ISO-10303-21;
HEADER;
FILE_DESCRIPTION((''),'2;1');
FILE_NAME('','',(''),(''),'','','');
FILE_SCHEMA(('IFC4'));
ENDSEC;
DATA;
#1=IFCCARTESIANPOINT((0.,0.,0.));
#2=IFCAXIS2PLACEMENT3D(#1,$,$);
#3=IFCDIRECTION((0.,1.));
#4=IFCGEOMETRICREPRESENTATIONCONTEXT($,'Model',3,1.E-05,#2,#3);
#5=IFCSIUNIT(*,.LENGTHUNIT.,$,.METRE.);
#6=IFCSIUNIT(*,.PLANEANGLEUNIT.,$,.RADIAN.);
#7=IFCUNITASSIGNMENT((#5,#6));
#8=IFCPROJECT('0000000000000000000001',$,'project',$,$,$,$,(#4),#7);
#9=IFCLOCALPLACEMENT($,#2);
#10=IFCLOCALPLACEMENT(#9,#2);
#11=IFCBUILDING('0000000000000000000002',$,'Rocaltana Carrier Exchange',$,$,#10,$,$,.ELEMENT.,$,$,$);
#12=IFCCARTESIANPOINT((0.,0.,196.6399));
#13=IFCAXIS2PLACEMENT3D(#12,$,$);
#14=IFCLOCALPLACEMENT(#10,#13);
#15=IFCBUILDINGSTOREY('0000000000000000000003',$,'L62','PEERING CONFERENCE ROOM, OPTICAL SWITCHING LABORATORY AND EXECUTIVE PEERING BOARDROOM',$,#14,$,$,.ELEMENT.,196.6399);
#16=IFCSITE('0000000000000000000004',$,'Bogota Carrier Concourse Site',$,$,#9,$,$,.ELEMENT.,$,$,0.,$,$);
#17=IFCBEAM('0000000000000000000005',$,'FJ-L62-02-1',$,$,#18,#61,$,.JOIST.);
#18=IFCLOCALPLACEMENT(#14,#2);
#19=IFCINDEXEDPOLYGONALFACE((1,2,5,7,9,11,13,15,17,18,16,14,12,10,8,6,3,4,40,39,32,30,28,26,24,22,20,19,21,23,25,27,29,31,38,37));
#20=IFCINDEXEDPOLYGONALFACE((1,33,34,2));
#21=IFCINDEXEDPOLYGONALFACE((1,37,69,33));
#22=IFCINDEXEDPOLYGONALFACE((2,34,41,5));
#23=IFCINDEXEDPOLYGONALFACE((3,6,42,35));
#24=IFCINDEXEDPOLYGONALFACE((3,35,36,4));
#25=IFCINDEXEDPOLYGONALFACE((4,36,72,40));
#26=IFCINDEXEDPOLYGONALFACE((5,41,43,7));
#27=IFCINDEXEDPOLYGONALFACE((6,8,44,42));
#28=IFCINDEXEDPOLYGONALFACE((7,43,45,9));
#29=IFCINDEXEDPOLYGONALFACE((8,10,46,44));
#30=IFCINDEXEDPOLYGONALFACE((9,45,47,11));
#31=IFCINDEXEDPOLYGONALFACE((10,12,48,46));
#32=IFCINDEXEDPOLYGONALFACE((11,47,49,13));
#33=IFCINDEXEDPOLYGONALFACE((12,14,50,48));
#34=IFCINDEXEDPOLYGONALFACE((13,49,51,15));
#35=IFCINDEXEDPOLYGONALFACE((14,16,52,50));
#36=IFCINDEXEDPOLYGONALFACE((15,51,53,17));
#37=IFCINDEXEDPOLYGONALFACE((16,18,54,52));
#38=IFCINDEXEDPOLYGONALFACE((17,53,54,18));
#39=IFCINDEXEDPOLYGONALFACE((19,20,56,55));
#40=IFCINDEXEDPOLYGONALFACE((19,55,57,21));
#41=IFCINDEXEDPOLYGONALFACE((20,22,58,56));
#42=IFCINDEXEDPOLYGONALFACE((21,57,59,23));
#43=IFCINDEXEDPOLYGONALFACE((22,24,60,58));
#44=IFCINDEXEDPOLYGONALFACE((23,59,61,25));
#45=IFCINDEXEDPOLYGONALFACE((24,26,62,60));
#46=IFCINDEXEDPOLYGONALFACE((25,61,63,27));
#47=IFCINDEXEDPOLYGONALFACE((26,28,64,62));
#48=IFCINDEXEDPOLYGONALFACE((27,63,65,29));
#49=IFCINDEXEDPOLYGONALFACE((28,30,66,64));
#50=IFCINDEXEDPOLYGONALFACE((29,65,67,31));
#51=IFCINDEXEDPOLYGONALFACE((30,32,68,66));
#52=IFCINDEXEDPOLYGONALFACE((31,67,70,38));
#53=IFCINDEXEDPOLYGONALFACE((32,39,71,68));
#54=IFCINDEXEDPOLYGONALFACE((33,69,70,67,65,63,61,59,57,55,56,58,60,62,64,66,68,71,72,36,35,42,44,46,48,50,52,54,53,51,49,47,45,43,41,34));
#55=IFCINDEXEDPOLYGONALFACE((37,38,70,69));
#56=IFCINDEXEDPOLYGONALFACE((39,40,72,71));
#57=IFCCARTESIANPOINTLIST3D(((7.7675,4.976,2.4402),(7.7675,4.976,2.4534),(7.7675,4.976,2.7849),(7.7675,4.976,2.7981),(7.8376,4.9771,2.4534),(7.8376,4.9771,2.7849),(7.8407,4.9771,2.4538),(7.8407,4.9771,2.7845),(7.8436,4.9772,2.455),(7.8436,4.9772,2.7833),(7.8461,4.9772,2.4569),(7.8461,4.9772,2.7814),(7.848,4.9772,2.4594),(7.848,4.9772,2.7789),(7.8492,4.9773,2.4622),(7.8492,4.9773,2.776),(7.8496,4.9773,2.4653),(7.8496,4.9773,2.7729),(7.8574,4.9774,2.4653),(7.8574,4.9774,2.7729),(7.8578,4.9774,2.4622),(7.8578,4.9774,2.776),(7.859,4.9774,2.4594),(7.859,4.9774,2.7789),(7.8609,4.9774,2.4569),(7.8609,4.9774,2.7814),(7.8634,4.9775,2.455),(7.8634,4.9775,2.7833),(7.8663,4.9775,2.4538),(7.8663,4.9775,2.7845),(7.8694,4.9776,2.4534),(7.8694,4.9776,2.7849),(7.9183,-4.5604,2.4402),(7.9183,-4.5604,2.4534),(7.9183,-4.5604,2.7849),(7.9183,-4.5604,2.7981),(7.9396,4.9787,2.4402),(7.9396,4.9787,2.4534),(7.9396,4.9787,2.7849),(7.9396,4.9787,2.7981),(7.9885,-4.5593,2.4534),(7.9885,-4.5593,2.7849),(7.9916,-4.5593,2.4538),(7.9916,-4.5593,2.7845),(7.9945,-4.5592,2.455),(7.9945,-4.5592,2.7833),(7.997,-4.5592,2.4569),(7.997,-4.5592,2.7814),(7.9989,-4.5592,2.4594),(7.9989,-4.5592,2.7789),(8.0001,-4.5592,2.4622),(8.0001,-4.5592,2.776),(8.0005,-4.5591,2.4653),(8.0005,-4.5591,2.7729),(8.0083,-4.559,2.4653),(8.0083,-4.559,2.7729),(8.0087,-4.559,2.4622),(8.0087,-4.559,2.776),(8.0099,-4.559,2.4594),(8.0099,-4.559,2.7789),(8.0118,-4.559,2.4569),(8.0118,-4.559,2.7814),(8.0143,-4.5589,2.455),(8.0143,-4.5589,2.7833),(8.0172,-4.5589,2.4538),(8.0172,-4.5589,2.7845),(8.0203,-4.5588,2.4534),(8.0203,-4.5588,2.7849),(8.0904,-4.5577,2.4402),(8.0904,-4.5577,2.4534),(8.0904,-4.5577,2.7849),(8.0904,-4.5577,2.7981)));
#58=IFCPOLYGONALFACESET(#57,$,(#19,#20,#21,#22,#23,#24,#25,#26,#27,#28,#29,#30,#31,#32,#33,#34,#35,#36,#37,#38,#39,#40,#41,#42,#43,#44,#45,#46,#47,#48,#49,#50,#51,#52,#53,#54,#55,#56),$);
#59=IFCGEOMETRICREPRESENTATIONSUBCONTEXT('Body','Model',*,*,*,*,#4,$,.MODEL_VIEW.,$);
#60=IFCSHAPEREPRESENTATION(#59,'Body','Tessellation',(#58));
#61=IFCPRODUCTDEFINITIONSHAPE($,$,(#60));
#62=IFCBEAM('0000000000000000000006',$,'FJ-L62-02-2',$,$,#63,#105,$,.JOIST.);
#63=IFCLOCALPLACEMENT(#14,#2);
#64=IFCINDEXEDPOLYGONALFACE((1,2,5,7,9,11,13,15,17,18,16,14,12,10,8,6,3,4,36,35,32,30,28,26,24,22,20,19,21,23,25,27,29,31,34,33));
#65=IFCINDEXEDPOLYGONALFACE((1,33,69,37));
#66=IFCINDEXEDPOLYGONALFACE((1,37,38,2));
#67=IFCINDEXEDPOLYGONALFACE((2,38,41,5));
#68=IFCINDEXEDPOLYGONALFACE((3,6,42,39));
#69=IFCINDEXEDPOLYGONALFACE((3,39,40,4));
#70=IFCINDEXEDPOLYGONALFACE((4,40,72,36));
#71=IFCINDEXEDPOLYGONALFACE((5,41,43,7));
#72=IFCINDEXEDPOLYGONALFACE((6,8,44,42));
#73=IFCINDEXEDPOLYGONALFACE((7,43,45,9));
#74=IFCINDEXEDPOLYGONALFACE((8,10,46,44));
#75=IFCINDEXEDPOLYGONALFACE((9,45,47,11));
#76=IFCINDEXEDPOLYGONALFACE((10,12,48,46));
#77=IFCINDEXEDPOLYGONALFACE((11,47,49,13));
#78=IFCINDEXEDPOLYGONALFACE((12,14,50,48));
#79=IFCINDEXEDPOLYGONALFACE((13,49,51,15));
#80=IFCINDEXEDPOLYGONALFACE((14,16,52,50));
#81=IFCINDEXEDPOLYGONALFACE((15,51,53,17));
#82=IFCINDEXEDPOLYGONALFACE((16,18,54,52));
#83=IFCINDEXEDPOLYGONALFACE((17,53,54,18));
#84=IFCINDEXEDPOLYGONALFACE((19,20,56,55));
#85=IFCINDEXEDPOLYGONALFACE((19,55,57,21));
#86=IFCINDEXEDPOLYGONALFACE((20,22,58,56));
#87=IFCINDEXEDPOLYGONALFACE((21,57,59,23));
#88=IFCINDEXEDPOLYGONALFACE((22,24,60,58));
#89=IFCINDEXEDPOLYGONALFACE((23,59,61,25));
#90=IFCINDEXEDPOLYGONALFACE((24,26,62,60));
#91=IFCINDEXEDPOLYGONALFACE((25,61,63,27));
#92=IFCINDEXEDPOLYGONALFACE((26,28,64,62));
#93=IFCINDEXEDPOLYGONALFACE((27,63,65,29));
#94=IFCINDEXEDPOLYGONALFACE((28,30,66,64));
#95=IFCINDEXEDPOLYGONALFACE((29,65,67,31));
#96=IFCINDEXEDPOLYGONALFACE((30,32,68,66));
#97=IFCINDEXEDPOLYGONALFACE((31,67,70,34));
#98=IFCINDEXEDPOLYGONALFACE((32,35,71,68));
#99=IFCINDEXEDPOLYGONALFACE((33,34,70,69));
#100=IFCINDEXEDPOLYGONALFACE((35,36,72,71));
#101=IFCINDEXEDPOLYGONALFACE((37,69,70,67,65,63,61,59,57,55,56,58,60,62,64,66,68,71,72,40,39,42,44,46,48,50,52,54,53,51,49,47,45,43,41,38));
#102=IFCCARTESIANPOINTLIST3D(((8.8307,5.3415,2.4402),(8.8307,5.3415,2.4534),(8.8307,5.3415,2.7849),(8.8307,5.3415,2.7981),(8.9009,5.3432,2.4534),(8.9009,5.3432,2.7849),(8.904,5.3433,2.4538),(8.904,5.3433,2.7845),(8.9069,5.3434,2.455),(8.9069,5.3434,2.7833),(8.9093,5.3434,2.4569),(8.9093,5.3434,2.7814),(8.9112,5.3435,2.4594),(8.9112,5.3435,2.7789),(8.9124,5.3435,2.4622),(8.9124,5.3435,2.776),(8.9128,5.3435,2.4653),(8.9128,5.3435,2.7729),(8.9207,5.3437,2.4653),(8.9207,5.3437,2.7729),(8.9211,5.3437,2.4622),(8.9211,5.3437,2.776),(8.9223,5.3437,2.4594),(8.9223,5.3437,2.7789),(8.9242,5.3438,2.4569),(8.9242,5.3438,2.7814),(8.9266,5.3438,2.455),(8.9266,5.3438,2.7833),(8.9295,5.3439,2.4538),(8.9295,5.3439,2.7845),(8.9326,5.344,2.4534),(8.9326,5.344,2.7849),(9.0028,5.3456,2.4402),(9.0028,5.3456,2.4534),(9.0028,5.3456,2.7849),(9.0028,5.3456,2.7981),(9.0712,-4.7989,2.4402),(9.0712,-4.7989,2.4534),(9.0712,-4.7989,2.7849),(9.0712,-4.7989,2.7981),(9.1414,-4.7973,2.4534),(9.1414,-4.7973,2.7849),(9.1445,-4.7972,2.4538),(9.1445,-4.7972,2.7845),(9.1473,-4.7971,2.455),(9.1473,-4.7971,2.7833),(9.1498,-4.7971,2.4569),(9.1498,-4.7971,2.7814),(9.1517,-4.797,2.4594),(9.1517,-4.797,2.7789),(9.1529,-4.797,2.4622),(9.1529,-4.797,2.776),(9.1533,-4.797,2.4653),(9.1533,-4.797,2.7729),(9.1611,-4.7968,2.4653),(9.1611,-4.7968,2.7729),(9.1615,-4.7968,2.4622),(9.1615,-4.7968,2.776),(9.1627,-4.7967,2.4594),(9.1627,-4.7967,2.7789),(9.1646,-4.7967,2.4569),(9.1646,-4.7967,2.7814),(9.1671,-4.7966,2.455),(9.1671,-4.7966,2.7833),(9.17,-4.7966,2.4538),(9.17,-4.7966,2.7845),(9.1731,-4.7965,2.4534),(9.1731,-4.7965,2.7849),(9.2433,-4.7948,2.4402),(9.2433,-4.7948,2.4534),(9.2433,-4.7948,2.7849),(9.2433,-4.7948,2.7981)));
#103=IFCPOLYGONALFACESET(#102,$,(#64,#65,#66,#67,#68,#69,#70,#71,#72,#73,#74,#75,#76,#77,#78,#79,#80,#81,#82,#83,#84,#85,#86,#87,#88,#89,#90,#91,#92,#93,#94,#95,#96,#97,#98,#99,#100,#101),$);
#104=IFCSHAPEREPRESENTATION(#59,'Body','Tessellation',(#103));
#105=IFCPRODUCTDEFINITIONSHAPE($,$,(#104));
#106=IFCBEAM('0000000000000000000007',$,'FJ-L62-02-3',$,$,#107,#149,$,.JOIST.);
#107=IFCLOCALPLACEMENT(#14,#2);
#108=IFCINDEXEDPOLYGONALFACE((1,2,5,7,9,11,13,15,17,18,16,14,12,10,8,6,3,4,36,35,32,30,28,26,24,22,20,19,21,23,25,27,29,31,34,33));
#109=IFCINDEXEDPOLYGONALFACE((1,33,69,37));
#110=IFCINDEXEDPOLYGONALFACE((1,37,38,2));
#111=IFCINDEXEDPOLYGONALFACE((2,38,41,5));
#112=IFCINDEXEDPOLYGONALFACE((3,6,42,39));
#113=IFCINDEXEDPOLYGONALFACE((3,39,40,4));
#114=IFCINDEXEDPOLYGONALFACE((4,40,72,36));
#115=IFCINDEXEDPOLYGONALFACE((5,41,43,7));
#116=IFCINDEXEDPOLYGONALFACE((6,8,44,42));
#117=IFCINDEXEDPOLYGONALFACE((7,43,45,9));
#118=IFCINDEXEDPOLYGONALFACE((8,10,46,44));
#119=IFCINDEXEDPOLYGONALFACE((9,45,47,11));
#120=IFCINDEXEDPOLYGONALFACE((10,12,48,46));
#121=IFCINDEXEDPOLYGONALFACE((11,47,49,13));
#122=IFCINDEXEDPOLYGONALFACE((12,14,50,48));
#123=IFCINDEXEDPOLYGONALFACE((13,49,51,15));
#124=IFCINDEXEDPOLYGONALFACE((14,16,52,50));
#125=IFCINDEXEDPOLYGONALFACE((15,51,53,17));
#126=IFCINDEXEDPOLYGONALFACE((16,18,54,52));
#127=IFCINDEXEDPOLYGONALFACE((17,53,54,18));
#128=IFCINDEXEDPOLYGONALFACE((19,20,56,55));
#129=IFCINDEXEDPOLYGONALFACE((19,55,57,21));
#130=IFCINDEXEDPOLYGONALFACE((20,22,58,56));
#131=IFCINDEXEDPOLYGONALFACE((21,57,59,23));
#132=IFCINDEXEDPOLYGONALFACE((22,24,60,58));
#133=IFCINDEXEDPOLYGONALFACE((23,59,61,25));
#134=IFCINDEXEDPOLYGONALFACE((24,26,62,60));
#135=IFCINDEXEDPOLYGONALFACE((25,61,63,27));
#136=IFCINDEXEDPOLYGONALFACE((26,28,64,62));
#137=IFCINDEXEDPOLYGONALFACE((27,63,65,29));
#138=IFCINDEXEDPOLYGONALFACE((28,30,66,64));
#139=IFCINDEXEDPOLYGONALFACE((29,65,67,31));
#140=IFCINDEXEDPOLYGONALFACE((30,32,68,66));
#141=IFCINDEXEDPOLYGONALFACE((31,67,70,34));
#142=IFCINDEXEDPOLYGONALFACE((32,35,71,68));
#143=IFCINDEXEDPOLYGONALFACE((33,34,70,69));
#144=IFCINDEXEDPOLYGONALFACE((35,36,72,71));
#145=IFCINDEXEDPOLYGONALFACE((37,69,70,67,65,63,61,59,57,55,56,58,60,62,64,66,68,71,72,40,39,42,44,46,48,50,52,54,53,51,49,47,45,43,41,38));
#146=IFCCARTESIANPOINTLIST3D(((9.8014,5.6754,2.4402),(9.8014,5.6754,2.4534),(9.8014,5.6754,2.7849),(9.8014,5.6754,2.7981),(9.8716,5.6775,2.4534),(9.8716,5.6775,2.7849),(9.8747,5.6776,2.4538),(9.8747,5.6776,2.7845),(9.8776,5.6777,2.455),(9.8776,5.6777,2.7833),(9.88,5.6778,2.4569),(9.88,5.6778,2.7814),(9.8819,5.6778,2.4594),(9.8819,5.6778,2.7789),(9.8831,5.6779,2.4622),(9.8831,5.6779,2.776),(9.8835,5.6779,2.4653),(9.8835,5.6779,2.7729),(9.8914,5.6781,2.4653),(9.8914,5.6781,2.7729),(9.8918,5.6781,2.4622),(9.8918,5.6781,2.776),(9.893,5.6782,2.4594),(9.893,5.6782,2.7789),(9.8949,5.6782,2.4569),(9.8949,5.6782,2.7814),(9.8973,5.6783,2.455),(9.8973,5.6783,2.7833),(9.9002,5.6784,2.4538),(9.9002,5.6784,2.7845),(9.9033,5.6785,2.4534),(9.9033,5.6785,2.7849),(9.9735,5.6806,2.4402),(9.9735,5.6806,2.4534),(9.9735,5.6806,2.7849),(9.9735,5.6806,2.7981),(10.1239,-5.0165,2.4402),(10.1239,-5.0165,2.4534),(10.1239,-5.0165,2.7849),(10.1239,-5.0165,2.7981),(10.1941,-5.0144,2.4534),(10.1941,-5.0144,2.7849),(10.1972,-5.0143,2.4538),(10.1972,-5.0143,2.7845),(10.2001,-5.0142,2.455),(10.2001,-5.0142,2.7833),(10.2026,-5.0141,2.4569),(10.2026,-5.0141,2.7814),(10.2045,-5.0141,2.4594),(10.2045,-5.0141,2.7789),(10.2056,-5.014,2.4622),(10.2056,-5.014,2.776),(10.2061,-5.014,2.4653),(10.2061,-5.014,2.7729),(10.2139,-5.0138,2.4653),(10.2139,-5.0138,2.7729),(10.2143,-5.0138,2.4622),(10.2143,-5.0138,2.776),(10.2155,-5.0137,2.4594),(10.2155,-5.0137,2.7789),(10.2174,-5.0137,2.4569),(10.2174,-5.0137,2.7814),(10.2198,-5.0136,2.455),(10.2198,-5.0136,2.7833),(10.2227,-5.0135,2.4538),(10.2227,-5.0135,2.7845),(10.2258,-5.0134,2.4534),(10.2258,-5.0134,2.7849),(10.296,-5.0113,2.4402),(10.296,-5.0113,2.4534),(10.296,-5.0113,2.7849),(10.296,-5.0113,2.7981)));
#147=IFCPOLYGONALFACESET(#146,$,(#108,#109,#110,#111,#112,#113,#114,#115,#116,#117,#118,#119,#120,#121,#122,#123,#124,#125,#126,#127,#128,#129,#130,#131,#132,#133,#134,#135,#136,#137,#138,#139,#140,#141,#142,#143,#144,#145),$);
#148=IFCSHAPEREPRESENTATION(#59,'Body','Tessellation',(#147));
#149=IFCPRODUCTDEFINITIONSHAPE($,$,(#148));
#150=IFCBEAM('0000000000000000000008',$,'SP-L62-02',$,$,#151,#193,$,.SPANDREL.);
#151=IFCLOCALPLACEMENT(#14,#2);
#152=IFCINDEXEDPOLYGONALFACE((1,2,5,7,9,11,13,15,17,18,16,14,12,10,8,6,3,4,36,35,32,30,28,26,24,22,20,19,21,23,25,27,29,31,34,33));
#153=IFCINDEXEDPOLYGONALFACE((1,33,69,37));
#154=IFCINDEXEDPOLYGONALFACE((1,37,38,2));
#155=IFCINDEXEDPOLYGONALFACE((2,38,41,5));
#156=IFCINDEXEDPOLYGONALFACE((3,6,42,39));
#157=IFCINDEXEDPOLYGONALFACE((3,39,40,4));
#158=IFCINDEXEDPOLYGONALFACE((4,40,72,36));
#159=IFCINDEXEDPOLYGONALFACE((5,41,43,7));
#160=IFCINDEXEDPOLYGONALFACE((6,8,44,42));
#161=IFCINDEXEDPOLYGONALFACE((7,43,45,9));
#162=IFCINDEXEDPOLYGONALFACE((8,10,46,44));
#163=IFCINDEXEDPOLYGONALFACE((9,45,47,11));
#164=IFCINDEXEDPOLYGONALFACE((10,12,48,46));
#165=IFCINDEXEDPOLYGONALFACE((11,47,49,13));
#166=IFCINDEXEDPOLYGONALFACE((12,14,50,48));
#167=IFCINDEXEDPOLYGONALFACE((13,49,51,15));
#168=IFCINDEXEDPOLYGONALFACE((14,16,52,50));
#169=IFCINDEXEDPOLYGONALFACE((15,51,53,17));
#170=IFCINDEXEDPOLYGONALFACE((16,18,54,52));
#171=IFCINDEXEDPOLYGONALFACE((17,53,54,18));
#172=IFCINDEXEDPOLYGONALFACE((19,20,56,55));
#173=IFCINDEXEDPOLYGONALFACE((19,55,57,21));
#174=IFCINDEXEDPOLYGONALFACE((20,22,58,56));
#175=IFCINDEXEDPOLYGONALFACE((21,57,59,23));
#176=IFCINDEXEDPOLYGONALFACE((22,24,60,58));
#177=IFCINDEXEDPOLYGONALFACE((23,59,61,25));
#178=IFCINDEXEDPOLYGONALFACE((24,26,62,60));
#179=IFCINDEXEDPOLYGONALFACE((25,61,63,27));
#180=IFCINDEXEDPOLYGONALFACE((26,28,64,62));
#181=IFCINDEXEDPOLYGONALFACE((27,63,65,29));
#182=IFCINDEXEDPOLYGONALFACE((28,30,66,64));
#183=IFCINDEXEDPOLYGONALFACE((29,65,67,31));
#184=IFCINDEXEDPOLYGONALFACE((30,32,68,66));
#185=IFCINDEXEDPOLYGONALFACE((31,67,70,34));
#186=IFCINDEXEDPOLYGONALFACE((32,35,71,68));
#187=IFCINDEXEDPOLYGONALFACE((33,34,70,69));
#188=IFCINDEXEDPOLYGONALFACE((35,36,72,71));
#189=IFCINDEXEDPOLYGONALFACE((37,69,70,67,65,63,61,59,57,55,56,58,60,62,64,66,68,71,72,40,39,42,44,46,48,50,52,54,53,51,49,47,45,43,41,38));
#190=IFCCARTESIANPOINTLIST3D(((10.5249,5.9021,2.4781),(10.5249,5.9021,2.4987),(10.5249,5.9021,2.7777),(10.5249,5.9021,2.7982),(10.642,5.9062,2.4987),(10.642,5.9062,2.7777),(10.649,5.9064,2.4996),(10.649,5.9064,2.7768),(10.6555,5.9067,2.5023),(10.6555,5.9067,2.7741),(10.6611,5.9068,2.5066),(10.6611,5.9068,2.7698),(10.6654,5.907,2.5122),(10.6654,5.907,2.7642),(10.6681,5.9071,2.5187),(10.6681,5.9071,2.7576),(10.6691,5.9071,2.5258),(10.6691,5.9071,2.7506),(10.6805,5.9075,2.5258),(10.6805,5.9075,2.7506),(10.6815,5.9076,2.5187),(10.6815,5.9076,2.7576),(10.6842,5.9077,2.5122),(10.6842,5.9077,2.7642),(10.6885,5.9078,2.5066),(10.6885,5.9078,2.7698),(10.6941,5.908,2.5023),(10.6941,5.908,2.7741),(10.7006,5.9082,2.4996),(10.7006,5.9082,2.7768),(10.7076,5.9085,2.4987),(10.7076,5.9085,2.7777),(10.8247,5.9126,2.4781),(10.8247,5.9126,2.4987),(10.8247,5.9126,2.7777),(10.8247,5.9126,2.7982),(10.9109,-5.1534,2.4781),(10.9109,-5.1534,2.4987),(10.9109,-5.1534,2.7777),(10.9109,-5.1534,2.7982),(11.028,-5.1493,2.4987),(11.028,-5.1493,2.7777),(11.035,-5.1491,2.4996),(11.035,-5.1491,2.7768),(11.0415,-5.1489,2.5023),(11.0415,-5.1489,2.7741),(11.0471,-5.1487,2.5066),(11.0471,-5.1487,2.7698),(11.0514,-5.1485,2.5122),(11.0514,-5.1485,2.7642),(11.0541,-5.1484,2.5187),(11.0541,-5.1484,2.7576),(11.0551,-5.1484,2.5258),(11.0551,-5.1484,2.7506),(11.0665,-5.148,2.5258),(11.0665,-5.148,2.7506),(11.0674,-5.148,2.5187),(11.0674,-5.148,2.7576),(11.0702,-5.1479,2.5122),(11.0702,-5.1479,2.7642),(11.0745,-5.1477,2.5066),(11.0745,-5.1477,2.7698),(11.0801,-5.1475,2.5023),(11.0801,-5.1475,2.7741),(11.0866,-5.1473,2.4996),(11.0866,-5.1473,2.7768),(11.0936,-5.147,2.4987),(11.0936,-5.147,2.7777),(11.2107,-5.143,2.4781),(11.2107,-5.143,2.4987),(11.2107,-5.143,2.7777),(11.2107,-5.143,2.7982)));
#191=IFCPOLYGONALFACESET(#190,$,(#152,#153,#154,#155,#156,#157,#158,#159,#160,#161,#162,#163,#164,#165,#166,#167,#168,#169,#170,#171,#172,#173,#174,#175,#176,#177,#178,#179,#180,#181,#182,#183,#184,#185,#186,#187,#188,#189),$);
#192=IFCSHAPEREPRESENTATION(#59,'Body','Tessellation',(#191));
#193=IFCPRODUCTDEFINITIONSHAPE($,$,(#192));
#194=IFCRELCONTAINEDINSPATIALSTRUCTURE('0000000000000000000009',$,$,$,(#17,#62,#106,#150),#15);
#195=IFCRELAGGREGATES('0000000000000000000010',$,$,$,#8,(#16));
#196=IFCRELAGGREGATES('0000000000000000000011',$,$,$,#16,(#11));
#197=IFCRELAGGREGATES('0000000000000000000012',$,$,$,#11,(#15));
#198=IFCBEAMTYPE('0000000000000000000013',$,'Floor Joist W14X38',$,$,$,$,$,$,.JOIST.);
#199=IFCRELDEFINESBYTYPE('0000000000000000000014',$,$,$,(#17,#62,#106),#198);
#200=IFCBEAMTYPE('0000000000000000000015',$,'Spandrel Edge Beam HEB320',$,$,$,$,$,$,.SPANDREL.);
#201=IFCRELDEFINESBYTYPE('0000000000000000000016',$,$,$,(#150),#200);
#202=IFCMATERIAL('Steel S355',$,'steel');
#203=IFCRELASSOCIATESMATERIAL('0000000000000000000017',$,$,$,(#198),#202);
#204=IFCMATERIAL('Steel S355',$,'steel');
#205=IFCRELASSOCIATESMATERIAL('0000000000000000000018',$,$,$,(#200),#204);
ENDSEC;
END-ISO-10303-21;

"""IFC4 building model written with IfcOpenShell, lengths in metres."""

from ifc_helpers import new_model, si_unit, direction, frame, origin, origin_2d, place, context, subcontext, project, spatial, i_section, extrude, material, material_profile, profile_set, type_object, element, save


model = new_model("IFC4")

# Units and contexts
model_context = context("Model", 3, precision=1e-05, world=origin(), true_north=direction((0.0, 1.0)))
body_context = subcontext(model_context, "Body", "Model", "MODEL_VIEW")
ifc_project = project(units=[si_unit("LENGTHUNIT", "METRE"), si_unit("PLANEANGLEUNIT", "RADIAN")], contexts=[model_context])

# Site, building, storey
site_placement = place(None, origin())
site = spatial("IfcSite", under=ifc_project, at=site_placement, Name="Bogota Carrier Concourse Site", CompositionType="ELEMENT", RefElevation=0.0)
building_placement = place(site_placement, origin())
building = spatial("IfcBuilding", under=site, at=building_placement, Name="Rocaltana Carrier Exchange", CompositionType="ELEMENT")
storey_placement = place(building_placement, frame((0.0, 0.0, 196.6399)))
storey = spatial("IfcBuildingStorey", under=building, at=storey_placement, Name="L62", Description="PEERING CONFERENCE ROOM, OPTICAL SWITCHING LABORATORY AND EXECUTIVE PEERING BOARDROOM", CompositionType="ELEMENT", Elevation=196.6399)

# Beams
ifc_material_1 = material(Name="Steel S355", Category="steel")
ifc_material_profile_1 = material_profile(ifc_material_1, i_section(OverallWidth=0.1721, OverallDepth=0.3579, WebThickness=0.0078, FlangeThickness=0.0132, FilletRadius=0.012, at=origin_2d()), Name="W14X38")
ifc_profile_set_1 = profile_set([ifc_material_profile_1], Name="Steel S355")
beam_type_1 = type_object("IfcBeamType", Name="Floor Joist W14X38", PredefinedType="JOIST", material=ifc_profile_set_1)
beam_1_placement = place(storey_placement, frame((8.0044, -4.5591, 2.6191), z_axis=(-0.015819, 0.999875, 0.0), x_axis=(-0.999875, -0.015819, 0.0)))
element("IfcBeam", 1, at=beam_1_placement, inside=storey, type_object=beam_type_1, Name="FJ-L62-02-1", PredefinedType="JOIST", context=body_context, shape_type="SweptSolid", body=[
    extrude(i_section(OverallWidth=0.1721, OverallDepth=0.3579, WebThickness=0.0078, FlangeThickness=0.0132, FilletRadius=0.012, at=origin_2d()), origin(), (0.0, 0.0, 1.0), 9.5376),
])
beam_2_placement = place(storey_placement, frame((9.1572, -4.7969, 2.6191), z_axis=(-0.023708, 0.999719, 0.0), x_axis=(-0.999719, -0.023708, 0.0)))
element("IfcBeam", 2, at=beam_2_placement, inside=storey, type_object=beam_type_1, Name="FJ-L62-02-2", PredefinedType="JOIST", context=body_context, shape_type="SweptSolid", body=[
    extrude(i_section(OverallWidth=0.1721, OverallDepth=0.3579, WebThickness=0.0078, FlangeThickness=0.0132, FilletRadius=0.012, at=origin_2d()), origin(), (0.0, 0.0, 1.0), 10.1433),
])
beam_3_placement = place(storey_placement, frame((10.21, -5.0139, 2.6191), z_axis=(-0.03015, 0.999545, 0.0), x_axis=(-0.999545, -0.03015, 0.0)))
element("IfcBeam", 3, at=beam_3_placement, inside=storey, type_object=beam_type_1, Name="FJ-L62-02-3", PredefinedType="JOIST", context=body_context, shape_type="SweptSolid", body=[
    extrude(i_section(OverallWidth=0.1721, OverallDepth=0.3579, WebThickness=0.0078, FlangeThickness=0.0132, FilletRadius=0.012, at=origin_2d()), origin(), (0.0, 0.0, 1.0), 10.6968),
])
ifc_material_2 = material(Name="Steel S355", Category="steel")
ifc_material_profile_2 = material_profile(ifc_material_2, i_section(OverallWidth=0.3, OverallDepth=0.3201, WebThickness=0.0115, FlangeThickness=0.0205, FilletRadius=0.0271, at=origin_2d()), Name="HEB320")
ifc_profile_set_2 = profile_set([ifc_material_profile_2], Name="Steel S355")
beam_type_2 = type_object("IfcBeamType", Name="Spandrel Edge Beam HEB320", PredefinedType="SPANDREL", material=ifc_profile_set_2)
beam_4_placement = place(storey_placement, frame((11.0608, -5.1482, 2.6382), z_axis=(-0.034893, 0.999391, 0.0), x_axis=(-0.999391, -0.034893, 0.0)))
element("IfcBeam", 4, at=beam_4_placement, inside=storey, type_object=beam_type_2, Name="SP-L62-02", PredefinedType="SPANDREL", context=body_context, shape_type="SweptSolid", body=[
    extrude(i_section(OverallWidth=0.3, OverallDepth=0.3201, WebThickness=0.0115, FlangeThickness=0.0205, FilletRadius=0.0271, at=origin_2d()), origin(), (0.0, 0.0, 1.0), 11.0623),
])

save(model, "model.ifc")
